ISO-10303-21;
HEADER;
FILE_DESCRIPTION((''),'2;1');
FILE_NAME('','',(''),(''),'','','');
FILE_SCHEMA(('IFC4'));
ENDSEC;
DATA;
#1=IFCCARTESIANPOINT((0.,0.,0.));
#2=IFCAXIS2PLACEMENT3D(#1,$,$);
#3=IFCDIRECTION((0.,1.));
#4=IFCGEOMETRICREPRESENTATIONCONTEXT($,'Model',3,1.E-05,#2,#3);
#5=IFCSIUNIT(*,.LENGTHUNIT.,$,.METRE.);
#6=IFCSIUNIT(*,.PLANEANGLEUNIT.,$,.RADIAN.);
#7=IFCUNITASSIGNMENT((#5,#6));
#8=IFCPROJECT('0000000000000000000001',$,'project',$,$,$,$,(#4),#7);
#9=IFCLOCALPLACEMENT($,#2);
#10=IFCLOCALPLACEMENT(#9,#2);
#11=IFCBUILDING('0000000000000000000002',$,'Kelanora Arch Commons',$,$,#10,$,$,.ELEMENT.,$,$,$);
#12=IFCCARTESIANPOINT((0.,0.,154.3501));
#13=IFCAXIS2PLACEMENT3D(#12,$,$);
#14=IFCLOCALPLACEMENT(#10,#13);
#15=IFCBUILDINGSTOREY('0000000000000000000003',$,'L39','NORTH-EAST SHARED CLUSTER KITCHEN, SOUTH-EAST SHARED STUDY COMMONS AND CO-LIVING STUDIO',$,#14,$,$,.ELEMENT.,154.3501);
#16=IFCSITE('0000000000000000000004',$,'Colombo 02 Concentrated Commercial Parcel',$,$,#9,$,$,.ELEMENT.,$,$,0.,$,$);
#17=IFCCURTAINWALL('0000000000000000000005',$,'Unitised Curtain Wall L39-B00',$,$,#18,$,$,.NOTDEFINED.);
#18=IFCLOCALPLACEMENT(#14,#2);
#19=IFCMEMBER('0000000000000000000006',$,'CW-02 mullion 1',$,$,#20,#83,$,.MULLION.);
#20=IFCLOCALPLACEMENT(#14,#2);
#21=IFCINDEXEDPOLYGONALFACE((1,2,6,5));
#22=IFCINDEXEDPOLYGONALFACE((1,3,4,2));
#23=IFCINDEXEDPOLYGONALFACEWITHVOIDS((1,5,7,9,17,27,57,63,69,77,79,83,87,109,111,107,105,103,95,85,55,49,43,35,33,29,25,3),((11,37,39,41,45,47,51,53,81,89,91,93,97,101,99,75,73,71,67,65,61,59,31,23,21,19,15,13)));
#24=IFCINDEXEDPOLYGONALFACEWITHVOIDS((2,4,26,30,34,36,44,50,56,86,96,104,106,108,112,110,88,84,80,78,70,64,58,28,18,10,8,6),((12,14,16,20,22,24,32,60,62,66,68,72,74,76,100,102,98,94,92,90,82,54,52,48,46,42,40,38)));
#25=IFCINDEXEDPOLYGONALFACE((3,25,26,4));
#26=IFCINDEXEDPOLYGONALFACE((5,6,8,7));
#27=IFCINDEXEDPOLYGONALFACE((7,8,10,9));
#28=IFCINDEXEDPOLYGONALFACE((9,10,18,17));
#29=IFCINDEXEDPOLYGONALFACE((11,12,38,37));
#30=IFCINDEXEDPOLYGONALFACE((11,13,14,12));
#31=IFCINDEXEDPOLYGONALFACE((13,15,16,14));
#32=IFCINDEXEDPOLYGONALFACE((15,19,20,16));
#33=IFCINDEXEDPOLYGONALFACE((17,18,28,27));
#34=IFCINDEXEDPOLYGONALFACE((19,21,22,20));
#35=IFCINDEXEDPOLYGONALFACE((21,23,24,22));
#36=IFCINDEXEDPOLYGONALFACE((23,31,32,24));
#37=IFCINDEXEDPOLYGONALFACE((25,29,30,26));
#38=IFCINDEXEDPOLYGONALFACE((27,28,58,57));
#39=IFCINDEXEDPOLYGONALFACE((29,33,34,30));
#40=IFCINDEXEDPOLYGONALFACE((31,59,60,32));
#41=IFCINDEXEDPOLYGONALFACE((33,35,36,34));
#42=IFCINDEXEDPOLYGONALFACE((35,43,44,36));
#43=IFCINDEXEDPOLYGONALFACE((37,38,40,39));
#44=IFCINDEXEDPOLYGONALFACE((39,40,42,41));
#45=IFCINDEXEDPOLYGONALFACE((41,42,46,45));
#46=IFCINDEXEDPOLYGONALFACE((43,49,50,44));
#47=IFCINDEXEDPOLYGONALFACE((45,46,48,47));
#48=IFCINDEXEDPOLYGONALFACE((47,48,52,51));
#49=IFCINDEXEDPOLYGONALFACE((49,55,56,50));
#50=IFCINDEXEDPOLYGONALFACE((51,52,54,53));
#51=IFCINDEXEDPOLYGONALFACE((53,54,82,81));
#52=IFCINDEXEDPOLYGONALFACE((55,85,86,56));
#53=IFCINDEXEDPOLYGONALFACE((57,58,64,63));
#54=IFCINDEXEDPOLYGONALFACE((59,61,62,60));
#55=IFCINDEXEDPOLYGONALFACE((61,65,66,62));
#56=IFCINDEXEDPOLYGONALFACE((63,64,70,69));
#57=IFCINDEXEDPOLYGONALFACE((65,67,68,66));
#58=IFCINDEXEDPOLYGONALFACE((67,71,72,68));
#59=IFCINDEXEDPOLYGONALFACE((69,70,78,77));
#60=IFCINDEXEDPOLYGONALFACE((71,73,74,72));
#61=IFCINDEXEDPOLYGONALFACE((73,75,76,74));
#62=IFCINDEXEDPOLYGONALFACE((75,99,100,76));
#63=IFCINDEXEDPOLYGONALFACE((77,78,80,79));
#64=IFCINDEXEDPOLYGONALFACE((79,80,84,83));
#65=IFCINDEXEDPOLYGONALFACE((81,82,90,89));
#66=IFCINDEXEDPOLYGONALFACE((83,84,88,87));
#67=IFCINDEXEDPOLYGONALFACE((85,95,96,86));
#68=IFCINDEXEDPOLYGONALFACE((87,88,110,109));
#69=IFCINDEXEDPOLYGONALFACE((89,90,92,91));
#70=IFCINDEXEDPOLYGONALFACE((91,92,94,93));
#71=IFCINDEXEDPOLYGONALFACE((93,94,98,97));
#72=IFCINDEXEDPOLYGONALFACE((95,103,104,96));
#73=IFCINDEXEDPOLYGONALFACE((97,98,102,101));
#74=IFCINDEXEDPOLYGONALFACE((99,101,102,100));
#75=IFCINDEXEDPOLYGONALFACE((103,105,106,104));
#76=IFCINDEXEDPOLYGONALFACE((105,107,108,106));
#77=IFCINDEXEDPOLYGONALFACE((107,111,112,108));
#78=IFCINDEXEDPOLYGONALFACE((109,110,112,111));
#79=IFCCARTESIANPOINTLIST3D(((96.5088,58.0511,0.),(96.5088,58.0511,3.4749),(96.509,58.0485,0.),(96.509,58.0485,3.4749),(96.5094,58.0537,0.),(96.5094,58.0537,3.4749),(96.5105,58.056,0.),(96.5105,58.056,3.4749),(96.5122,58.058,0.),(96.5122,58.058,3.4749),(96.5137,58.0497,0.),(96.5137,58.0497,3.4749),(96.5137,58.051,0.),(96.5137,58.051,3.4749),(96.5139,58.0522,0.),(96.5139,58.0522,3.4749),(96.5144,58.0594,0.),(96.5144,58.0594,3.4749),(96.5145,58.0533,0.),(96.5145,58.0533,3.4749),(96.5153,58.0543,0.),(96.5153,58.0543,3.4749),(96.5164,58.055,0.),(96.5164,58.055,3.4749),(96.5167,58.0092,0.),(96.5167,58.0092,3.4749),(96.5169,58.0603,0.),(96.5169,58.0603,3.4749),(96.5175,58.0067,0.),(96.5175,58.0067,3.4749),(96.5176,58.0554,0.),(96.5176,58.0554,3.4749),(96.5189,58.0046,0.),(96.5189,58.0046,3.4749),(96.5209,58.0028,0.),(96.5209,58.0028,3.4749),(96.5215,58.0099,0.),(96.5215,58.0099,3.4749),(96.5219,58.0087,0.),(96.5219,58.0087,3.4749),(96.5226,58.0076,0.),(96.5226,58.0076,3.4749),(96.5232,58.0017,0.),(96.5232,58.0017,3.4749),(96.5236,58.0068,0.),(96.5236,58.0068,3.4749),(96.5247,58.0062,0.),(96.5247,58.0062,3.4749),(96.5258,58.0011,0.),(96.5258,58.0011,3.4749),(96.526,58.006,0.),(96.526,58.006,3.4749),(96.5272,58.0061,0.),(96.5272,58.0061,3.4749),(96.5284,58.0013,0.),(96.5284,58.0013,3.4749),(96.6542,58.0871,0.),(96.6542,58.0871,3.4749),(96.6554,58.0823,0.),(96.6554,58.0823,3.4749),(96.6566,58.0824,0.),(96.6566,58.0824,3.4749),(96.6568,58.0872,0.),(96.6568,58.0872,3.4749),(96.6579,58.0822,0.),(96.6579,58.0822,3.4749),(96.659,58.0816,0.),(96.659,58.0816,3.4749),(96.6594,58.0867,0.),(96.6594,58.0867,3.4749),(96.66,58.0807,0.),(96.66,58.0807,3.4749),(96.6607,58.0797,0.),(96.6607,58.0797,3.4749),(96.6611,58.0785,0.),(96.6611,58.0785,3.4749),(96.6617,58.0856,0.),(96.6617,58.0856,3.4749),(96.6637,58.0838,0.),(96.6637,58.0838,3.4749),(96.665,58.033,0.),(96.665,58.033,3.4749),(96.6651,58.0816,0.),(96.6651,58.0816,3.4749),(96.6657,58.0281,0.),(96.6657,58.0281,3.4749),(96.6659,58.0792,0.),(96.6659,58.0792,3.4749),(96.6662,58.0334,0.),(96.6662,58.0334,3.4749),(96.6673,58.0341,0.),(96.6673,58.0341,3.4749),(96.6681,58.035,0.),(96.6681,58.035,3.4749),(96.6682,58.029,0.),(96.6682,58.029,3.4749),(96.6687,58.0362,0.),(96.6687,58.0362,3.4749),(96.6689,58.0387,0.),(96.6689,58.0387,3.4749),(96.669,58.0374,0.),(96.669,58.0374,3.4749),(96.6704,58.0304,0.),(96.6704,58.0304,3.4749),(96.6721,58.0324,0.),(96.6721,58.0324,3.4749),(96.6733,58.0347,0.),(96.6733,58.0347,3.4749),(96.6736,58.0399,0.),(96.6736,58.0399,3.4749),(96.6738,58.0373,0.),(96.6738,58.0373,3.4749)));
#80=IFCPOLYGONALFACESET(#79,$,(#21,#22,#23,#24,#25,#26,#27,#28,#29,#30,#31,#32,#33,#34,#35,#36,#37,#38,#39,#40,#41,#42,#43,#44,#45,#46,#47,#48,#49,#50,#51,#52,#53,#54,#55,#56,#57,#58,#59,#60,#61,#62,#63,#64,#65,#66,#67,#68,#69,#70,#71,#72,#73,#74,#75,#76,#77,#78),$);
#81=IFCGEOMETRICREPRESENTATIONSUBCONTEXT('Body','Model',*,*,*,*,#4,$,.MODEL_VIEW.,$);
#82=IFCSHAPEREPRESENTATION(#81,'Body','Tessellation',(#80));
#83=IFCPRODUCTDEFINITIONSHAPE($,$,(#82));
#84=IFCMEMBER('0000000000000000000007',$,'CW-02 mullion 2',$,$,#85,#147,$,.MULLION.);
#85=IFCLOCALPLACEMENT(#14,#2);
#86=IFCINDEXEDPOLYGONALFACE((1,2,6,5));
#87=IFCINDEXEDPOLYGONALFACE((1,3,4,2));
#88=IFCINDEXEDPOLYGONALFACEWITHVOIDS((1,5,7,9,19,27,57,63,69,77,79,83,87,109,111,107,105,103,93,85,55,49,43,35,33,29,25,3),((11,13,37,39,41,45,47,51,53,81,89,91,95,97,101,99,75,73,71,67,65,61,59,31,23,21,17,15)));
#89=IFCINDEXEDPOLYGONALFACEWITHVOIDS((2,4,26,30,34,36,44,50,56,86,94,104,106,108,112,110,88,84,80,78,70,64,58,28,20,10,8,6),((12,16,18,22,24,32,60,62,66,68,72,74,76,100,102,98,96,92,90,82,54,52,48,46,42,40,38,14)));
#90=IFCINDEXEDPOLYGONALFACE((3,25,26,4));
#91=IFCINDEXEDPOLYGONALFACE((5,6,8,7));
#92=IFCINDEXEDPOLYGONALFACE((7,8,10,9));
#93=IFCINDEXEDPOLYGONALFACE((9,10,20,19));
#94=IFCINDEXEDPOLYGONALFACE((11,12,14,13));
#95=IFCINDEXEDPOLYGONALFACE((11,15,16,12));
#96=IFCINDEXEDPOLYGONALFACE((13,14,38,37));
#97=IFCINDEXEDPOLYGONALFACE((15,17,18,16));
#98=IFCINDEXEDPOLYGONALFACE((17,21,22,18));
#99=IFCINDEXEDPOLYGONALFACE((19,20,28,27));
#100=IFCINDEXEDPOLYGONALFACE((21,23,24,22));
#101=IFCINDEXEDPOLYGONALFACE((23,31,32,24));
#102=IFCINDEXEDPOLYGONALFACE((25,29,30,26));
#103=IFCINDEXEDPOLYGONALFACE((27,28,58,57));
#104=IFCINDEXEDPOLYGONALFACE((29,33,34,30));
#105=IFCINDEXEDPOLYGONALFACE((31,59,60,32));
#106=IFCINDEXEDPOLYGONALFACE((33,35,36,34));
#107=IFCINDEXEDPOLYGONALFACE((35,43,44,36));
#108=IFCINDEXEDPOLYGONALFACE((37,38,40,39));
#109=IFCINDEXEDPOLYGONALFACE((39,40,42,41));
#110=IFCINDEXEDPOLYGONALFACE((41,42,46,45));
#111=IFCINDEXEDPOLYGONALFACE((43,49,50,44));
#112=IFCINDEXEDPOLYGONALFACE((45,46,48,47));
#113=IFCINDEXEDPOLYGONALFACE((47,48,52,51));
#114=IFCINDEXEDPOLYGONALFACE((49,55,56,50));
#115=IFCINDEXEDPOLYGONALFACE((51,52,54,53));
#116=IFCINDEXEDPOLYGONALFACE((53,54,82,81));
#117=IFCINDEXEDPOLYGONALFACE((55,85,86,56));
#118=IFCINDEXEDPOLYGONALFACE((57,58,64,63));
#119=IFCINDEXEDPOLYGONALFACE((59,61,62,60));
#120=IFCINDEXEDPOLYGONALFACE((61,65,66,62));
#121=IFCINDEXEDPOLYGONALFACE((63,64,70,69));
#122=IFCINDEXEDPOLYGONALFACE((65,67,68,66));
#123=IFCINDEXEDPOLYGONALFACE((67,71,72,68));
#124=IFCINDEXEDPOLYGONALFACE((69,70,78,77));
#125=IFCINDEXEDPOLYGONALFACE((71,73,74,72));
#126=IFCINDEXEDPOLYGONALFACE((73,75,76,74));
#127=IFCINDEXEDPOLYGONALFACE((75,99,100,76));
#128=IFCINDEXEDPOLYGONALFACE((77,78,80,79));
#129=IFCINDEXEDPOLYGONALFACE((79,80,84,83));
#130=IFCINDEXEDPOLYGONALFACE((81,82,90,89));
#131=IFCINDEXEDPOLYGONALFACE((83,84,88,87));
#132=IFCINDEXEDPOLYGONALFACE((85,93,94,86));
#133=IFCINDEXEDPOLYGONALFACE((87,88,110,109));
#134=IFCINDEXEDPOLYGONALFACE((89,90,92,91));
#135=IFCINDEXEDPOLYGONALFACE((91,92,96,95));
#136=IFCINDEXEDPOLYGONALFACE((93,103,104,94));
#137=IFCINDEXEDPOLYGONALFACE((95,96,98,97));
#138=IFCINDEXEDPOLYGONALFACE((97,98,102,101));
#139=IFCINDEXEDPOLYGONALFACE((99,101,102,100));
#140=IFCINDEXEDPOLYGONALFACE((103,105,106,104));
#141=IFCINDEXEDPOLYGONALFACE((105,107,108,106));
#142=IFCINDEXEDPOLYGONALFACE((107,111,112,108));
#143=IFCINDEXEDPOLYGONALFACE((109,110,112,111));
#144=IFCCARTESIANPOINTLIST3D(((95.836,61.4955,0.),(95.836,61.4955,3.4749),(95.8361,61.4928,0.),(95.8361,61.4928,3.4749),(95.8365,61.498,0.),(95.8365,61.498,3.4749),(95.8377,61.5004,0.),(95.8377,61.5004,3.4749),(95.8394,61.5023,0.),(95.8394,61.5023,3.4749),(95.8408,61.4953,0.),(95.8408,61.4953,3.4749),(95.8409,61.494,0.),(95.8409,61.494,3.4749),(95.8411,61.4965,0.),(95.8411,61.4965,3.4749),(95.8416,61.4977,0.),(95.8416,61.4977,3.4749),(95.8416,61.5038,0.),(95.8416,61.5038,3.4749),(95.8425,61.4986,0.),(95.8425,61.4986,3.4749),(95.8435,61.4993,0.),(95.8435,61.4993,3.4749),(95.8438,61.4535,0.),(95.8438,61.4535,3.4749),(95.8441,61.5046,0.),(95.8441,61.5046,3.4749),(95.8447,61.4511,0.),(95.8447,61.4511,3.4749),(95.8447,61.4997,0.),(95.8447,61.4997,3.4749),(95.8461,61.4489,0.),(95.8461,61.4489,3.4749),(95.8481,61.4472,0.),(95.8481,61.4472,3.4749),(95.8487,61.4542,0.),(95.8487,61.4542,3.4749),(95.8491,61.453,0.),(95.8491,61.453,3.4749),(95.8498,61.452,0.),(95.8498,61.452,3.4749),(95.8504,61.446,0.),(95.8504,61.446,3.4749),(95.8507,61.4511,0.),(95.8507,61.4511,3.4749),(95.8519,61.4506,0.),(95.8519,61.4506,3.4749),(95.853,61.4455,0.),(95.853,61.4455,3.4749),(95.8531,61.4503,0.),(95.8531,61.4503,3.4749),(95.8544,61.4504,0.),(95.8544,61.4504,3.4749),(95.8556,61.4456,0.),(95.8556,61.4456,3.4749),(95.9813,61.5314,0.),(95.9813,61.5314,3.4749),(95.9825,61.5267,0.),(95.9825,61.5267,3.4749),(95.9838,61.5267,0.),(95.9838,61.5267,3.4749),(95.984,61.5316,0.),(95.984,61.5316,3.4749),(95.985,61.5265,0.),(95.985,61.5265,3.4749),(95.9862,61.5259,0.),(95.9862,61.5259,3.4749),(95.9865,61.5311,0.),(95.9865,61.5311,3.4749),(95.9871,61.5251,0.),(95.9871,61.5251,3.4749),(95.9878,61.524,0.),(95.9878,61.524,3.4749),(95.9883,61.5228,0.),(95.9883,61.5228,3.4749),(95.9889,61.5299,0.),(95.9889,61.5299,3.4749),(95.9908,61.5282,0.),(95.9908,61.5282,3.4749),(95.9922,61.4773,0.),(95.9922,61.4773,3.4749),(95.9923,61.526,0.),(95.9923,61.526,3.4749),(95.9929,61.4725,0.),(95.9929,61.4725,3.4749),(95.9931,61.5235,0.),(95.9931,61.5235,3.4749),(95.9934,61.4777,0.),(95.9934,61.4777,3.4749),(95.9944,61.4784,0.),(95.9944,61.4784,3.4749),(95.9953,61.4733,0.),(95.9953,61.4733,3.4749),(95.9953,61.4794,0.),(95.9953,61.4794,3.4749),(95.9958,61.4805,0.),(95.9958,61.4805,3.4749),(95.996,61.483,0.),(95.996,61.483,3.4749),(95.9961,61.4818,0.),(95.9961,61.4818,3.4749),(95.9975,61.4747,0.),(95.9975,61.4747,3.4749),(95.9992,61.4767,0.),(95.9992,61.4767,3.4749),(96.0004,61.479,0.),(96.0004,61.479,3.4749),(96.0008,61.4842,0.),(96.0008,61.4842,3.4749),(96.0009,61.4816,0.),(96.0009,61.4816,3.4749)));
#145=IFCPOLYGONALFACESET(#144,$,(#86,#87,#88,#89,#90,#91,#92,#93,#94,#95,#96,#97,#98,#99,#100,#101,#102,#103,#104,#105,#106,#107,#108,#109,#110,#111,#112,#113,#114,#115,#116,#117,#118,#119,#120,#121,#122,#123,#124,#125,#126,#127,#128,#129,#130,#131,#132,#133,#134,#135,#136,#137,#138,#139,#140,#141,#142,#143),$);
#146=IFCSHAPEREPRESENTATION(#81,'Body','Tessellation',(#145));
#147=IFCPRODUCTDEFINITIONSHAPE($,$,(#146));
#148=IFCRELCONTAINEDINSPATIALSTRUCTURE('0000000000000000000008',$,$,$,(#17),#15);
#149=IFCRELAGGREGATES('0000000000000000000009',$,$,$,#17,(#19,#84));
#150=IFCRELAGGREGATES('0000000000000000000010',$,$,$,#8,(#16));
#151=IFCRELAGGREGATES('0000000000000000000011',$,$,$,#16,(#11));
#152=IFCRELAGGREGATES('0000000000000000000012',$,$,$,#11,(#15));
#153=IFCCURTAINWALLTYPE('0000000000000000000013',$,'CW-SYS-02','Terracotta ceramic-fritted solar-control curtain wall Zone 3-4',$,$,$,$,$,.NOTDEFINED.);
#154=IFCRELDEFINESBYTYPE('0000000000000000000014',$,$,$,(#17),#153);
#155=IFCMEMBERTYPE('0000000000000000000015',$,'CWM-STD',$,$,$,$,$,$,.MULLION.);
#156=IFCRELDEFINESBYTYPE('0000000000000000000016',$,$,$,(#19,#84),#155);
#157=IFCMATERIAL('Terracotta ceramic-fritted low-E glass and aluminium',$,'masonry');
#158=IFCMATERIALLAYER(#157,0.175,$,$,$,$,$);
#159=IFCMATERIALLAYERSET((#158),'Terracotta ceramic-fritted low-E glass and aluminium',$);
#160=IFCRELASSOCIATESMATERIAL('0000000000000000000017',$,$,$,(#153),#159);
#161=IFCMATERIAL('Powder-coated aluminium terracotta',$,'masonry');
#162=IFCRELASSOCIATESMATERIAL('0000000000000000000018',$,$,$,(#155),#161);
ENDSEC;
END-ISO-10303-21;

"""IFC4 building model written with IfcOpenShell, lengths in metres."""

from ifc_helpers import new_model, si_unit, direction, frame, origin, origin_2d, place, context, subcontext, project, spatial, hollow_rectangle, extrude, material, layer, layer_set, material_profile, profile_set, type_object, element, aggregate, save


model = new_model("IFC4")

# Units and contexts
model_context = context("Model", 3, precision=1e-05, world=origin(), true_north=direction((0.0, 1.0)))
body_context = subcontext(model_context, "Body", "Model", "MODEL_VIEW")
ifc_project = project(units=[si_unit("LENGTHUNIT", "METRE"), si_unit("PLANEANGLEUNIT", "RADIAN")], contexts=[model_context])

# Site, building, storey
site_placement = place(None, origin())
site = spatial("IfcSite", under=ifc_project, at=site_placement, Name="Colombo 02 Concentrated Commercial Parcel", CompositionType="ELEMENT", RefElevation=0.0)
building_placement = place(site_placement, origin())
building = spatial("IfcBuilding", under=site, at=building_placement, Name="Kelanora Arch Commons", CompositionType="ELEMENT")
storey_placement = place(building_placement, frame((0.0, 0.0, 154.3501)))
storey = spatial("IfcBuildingStorey", under=building, at=storey_placement, Name="L39", Description="NORTH-EAST SHARED CLUSTER KITCHEN, SOUTH-EAST SHARED STUDY COMMONS AND CO-LIVING STUDIO", CompositionType="ELEMENT", Elevation=154.3501)

# Curtain wall, members
ifc_material_1 = material(Name="Terracotta ceramic-fritted low-E glass and aluminium", Category="masonry")
ifc_layer_1 = layer(ifc_material_1, 0.175)
ifc_layer_set_1 = layer_set([ifc_layer_1], Name="Terracotta ceramic-fritted low-E glass and aluminium")
curtain_wall_type = type_object("IfcCurtainWallType", Name="CW-SYS-02", Description="Terracotta ceramic-fritted solar-control curtain wall Zone 3-4", PredefinedType="NOTDEFINED", material=ifc_layer_set_1)
curtain_wall_placement = place(storey_placement, origin())
curtain_wall = element("IfcCurtainWall", 1, at=curtain_wall_placement, inside=storey, type_object=curtain_wall_type, Name="Unitised Curtain Wall L39-B00", PredefinedType="NOTDEFINED")
ifc_material_2 = material(Name="Powder-coated aluminium terracotta", Category="masonry")
ifc_material_profile_1 = material_profile(ifc_material_2, hollow_rectangle(XDim=0.1599, YDim=0.0601, WallThickness=0.0049, InnerFilletRadius=0.0049, OuterFilletRadius=0.01, at=origin_2d()), Name="CWM160x60")
ifc_profile_set_1 = profile_set([ifc_material_profile_1], Name="Powder-coated aluminium terracotta")
member_type_1 = type_object("IfcMemberType", Name="CWM-STD", PredefinedType="MULLION", material=ifc_profile_set_1)
member_1_placement = place(storey_placement, frame((96.5913, 58.0442, 0.0), z_axis=(0.0, 0.0, 1.0), x_axis=(-0.981453, -0.191705, 0.0)))
member_1 = element("IfcMember", 2, at=member_1_placement, type_object=member_type_1, Name="CW-02 mullion 1", PredefinedType="MULLION", context=body_context, shape_type="SweptSolid", body=[
    extrude(hollow_rectangle(XDim=0.1599, YDim=0.0601, WallThickness=0.0049, InnerFilletRadius=0.0049, OuterFilletRadius=0.01, at=origin_2d()), origin(), (0.0, 0.0, 1.0), 3.4749),
])
member_2_placement = place(storey_placement, frame((95.9185, 61.4885, 0.0), z_axis=(0.0, 0.0, 1.0), x_axis=(-0.981453, -0.191705, 0.0)))
member_2 = element("IfcMember", 3, at=member_2_placement, type_object=member_type_1, Name="CW-02 mullion 2", PredefinedType="MULLION", context=body_context, shape_type="SweptSolid", body=[
    extrude(hollow_rectangle(XDim=0.1599, YDim=0.0601, WallThickness=0.0049, InnerFilletRadius=0.0049, OuterFilletRadius=0.01, at=origin_2d()), origin(), (0.0, 0.0, 1.0), 3.4749),
])
aggregate(curtain_wall, [member_1, member_2])

save(model, "model.ifc")
